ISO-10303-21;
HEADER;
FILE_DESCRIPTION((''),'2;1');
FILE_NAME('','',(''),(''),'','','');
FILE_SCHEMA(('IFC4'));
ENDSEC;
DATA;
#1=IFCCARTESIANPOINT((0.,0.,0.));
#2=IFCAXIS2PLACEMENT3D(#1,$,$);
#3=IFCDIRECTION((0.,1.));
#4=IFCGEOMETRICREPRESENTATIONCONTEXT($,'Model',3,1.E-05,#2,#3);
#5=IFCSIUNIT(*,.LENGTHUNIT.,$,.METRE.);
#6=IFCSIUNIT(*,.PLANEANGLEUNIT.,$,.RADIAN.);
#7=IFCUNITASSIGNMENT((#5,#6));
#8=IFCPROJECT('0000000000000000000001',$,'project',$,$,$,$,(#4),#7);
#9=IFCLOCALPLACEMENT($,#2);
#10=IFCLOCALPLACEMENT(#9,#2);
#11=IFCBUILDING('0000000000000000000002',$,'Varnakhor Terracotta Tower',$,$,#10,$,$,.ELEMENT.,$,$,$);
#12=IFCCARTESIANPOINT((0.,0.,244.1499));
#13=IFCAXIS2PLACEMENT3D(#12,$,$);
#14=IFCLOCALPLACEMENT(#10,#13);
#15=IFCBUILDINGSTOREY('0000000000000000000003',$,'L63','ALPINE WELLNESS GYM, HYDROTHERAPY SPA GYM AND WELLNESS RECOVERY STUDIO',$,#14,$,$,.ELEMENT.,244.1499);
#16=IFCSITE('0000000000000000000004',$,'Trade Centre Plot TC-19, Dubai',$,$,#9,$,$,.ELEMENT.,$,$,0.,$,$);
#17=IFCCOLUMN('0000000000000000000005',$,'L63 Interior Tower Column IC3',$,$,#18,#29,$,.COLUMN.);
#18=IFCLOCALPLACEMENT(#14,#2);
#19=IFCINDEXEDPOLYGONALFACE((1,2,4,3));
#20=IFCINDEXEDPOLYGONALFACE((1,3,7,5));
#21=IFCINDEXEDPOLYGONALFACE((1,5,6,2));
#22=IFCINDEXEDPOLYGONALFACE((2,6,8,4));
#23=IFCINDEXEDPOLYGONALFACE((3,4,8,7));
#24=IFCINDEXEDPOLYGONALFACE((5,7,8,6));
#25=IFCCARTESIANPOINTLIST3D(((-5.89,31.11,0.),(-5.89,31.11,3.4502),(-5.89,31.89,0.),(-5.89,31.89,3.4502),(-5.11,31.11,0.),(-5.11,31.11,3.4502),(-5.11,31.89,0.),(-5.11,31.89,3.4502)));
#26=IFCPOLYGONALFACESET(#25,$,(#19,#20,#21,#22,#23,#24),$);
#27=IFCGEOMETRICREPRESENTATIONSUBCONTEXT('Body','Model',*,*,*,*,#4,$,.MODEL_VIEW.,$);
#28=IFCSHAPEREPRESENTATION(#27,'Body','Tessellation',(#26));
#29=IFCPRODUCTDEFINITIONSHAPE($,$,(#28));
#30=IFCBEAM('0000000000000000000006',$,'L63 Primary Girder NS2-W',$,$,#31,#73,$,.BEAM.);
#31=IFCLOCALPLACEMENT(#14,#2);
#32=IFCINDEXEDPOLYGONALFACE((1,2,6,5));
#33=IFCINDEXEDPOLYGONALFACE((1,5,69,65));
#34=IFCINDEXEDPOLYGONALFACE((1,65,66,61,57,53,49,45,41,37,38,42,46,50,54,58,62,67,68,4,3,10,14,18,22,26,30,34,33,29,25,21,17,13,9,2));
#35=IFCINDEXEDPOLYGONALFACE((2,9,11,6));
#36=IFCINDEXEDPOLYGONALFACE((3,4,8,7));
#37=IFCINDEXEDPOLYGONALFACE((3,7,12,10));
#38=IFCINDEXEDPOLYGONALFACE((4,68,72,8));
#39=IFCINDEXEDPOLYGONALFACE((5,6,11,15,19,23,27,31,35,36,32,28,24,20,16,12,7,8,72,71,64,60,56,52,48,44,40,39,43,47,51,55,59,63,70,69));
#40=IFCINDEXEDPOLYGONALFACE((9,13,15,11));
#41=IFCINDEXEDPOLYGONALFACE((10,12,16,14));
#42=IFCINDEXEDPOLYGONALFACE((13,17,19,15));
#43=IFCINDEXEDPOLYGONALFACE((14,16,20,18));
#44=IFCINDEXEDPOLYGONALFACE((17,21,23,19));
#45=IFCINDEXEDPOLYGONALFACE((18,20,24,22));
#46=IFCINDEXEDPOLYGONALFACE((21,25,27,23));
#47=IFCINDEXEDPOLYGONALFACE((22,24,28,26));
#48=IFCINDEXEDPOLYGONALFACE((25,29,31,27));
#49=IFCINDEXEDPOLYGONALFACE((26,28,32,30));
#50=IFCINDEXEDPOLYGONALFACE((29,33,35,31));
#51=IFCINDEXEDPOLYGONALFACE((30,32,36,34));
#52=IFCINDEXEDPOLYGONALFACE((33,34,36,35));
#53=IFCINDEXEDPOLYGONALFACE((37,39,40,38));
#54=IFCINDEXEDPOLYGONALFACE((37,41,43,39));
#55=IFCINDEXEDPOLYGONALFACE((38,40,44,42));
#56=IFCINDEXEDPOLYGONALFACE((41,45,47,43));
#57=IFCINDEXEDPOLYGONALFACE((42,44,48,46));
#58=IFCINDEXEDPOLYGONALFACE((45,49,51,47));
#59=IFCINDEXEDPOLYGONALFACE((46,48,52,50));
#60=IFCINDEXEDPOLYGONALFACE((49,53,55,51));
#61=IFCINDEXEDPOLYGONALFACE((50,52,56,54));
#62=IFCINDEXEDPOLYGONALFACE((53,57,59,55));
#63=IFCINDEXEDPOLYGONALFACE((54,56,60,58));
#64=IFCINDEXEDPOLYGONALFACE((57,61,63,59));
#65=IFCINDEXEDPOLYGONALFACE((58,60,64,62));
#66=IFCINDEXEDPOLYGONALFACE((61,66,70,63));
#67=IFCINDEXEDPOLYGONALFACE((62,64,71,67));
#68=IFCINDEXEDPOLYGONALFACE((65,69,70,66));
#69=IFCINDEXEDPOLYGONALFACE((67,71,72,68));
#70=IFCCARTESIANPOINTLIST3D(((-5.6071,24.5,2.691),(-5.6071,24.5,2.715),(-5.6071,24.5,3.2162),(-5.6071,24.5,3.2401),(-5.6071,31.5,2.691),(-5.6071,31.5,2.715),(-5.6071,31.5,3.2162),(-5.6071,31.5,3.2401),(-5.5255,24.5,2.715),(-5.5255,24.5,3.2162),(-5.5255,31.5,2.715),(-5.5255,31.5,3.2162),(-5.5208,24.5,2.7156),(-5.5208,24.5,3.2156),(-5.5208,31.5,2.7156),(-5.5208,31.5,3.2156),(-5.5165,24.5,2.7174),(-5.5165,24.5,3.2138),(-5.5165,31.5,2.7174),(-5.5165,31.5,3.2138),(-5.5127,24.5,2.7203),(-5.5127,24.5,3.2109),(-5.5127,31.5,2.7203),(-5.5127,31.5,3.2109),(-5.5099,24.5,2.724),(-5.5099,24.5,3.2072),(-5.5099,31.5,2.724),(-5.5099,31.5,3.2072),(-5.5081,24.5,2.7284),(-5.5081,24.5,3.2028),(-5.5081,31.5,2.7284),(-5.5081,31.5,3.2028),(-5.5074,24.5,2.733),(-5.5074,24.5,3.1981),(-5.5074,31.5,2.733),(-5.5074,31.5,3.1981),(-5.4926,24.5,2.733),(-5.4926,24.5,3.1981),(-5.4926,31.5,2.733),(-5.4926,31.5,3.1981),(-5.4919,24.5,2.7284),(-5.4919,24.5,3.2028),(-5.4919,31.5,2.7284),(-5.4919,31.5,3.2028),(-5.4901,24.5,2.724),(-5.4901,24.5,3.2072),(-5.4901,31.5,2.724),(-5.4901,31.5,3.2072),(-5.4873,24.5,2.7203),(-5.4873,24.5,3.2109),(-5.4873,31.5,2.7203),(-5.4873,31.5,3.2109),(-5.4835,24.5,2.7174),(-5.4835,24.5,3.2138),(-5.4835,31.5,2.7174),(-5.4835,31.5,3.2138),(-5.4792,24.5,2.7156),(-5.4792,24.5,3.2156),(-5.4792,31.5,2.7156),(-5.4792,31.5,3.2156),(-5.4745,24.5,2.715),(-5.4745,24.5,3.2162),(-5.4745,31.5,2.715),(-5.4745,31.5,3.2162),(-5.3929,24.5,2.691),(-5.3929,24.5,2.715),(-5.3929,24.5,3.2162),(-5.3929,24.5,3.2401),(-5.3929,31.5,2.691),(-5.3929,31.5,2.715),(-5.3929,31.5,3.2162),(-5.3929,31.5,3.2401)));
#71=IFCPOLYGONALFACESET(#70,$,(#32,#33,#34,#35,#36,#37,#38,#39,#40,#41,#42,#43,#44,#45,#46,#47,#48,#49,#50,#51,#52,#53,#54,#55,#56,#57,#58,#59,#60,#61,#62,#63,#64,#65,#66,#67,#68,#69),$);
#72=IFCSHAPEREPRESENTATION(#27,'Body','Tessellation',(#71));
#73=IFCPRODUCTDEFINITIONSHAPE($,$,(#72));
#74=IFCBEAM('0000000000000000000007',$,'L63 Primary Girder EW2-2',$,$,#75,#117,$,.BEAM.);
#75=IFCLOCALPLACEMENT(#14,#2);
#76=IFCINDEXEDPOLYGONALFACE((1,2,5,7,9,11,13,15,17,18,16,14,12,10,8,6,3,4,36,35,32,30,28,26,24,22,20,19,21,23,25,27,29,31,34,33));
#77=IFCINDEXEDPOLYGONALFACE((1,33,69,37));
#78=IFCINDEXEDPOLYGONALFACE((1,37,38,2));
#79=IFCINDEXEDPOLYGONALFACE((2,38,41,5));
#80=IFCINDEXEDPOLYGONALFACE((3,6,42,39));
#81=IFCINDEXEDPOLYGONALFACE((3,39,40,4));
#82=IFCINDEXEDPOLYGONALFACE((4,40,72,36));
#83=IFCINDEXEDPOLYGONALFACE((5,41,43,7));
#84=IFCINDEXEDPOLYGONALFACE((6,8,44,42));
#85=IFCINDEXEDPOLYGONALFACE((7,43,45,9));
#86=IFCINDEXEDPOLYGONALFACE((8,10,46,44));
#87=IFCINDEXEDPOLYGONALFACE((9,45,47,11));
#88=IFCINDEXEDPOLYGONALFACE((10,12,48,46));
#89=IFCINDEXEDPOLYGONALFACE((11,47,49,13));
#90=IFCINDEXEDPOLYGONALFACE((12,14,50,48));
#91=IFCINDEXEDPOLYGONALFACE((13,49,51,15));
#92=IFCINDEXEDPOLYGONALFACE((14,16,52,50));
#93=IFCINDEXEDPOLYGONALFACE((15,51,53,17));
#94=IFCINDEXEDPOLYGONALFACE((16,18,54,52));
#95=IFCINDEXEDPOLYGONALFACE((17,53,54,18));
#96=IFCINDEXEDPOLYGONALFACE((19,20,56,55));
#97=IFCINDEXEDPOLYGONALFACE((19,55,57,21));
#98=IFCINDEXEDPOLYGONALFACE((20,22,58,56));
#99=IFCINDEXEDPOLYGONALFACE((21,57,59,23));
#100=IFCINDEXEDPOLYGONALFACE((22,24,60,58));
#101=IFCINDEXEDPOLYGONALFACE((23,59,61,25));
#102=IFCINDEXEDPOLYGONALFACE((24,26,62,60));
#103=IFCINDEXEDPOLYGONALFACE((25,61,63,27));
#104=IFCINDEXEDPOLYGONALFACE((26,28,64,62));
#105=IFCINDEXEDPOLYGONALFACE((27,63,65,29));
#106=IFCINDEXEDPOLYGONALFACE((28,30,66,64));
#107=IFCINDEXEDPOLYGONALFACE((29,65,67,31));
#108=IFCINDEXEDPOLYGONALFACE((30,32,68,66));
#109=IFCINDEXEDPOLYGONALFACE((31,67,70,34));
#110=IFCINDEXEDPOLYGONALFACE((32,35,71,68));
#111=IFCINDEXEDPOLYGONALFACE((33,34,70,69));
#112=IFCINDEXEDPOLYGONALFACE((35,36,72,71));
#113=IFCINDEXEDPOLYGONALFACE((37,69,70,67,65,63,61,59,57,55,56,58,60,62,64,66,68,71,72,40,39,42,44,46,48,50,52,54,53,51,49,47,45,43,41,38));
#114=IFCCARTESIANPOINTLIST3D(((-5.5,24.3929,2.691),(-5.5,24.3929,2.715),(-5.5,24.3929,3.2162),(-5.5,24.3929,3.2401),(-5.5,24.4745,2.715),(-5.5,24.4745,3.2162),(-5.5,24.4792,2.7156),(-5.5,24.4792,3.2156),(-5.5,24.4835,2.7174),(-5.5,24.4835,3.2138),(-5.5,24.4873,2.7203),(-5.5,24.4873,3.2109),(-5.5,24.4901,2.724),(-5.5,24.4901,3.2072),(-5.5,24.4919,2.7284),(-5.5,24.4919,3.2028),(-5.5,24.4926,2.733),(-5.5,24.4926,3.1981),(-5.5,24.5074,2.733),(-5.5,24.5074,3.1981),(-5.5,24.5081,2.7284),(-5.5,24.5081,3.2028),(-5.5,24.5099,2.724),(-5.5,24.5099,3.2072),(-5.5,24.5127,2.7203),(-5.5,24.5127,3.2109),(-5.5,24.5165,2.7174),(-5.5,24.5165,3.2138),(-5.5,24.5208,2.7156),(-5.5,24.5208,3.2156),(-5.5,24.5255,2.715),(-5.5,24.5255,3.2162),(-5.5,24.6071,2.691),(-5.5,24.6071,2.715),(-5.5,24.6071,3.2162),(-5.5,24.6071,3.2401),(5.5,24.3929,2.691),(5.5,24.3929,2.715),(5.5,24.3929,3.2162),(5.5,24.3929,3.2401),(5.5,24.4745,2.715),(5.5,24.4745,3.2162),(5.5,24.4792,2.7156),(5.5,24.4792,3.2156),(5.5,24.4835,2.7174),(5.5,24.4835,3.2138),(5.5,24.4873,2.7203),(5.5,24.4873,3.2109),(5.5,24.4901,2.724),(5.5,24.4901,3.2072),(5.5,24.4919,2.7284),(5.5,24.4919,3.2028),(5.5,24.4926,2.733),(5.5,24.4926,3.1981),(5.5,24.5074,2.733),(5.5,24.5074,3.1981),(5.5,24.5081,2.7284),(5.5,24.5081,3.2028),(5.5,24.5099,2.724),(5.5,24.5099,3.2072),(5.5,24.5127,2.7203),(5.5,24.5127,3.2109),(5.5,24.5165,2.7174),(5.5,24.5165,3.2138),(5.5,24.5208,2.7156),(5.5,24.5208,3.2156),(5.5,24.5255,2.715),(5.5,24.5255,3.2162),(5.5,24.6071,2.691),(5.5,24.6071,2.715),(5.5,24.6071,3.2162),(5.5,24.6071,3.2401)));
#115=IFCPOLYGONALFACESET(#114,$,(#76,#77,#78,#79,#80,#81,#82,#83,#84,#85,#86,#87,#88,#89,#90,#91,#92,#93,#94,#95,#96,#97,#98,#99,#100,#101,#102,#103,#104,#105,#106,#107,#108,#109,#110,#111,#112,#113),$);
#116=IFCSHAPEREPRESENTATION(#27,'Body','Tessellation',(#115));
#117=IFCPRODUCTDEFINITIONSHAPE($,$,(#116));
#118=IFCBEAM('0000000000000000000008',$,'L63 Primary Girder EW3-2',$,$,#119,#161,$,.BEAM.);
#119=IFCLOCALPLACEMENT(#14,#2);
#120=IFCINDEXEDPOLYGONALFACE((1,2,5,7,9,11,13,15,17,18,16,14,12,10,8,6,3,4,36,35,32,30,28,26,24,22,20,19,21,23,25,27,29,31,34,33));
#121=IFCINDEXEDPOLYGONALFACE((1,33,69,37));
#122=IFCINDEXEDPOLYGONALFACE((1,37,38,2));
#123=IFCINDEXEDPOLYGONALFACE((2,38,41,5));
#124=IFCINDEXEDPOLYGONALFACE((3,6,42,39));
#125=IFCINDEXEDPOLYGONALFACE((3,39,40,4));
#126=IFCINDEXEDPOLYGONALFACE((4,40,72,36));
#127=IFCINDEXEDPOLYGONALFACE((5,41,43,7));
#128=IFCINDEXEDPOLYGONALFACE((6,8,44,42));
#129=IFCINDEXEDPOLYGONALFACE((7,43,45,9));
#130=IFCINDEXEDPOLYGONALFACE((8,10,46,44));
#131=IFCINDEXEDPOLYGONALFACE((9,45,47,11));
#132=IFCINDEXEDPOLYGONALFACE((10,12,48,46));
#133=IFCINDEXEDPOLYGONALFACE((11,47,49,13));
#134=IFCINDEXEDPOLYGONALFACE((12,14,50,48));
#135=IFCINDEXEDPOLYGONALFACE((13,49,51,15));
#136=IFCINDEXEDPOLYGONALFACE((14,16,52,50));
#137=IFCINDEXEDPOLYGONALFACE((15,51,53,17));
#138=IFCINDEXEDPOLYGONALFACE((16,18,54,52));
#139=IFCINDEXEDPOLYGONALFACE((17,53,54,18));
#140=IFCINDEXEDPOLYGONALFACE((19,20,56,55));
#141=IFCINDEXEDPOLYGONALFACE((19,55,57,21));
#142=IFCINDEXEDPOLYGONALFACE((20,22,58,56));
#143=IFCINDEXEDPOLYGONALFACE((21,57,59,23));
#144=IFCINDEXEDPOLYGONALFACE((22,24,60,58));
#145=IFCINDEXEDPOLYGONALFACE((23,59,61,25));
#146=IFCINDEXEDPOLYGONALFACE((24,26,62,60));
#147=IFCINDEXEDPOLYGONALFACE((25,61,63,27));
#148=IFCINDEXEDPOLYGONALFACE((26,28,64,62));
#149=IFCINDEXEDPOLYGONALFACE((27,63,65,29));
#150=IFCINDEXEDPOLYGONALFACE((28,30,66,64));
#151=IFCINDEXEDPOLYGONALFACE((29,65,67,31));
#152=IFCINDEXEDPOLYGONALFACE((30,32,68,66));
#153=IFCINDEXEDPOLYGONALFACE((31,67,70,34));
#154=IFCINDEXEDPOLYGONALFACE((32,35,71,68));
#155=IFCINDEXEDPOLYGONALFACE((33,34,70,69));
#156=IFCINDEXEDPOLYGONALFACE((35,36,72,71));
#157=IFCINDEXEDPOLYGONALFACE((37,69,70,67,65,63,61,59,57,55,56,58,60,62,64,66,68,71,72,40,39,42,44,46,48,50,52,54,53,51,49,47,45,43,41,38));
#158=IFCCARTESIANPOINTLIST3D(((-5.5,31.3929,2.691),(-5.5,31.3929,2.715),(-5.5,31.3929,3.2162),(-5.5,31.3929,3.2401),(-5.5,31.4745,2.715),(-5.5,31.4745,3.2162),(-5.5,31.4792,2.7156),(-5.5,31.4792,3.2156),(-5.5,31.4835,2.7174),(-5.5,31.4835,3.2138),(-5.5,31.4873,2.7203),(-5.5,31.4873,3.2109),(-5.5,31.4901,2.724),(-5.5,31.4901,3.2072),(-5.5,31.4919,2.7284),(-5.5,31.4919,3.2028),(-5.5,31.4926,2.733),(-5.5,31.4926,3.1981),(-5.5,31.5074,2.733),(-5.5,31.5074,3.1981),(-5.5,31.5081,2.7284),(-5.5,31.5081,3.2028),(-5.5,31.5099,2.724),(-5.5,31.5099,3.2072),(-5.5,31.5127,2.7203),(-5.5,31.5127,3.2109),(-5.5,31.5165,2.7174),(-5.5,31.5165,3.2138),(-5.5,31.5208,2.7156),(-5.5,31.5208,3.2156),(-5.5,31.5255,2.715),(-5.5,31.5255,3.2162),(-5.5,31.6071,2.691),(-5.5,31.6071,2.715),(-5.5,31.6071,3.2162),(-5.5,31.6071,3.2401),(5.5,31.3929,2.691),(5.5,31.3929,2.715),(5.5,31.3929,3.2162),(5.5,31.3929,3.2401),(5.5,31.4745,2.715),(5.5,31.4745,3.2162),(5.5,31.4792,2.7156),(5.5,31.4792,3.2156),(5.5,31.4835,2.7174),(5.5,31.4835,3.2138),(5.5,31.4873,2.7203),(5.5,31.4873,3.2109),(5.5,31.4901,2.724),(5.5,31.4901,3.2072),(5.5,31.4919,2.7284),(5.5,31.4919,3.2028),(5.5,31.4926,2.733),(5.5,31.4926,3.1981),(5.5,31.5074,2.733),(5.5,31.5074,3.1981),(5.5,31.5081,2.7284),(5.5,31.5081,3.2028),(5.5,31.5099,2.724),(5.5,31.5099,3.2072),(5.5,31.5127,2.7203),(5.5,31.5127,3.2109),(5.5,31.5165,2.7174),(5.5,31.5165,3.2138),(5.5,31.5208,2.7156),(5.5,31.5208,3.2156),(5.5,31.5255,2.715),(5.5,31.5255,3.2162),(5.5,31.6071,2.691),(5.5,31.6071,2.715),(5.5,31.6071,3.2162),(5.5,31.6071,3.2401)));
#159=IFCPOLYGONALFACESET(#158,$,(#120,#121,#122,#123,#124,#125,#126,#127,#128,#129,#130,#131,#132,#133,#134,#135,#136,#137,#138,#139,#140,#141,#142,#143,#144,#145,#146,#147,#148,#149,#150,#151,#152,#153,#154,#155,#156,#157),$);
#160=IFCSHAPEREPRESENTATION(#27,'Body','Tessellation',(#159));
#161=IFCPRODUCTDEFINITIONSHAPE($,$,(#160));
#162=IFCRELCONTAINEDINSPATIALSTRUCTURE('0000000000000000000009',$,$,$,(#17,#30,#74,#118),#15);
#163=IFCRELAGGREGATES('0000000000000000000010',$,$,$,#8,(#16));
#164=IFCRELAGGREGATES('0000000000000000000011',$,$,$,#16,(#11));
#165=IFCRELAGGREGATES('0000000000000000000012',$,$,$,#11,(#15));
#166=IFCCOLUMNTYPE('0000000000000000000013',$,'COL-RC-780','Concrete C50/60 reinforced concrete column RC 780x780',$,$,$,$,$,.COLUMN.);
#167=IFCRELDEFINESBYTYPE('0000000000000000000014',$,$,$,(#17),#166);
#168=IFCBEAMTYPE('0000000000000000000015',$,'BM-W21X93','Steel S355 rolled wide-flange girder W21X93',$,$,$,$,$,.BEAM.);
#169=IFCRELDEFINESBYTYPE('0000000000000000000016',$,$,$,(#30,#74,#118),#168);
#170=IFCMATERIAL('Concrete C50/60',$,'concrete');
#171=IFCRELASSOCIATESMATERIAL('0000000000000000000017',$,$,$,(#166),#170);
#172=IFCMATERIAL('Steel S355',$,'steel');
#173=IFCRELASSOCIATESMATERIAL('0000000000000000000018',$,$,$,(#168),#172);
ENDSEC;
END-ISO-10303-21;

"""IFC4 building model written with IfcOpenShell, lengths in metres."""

from ifc_helpers import new_model, si_unit, direction, frame, origin, origin_2d, place, context, subcontext, project, spatial, rectangle, i_section, extrude, source, transform, mapped, material, material_profile, profile_set, type_object, element, save


model = new_model("IFC4")

# Units and contexts
model_context = context("Model", 3, precision=1e-05, world=origin(), true_north=direction((0.0, 1.0)))
body_context = subcontext(model_context, "Body", "Model", "MODEL_VIEW")
ifc_project = project(units=[si_unit("LENGTHUNIT", "METRE"), si_unit("PLANEANGLEUNIT", "RADIAN")], contexts=[model_context])

# Site, building, storey
site_placement = place(None, origin())
site = spatial("IfcSite", under=ifc_project, at=site_placement, Name="Trade Centre Plot TC-19, Dubai", CompositionType="ELEMENT", RefElevation=0.0)
building_placement = place(site_placement, origin())
building = spatial("IfcBuilding", under=site, at=building_placement, Name="Varnakhor Terracotta Tower", CompositionType="ELEMENT")
storey_placement = place(building_placement, frame((0.0, 0.0, 244.1499)))
storey = spatial("IfcBuildingStorey", under=building, at=storey_placement, Name="L63", Description="ALPINE WELLNESS GYM, HYDROTHERAPY SPA GYM AND WELLNESS RECOVERY STUDIO", CompositionType="ELEMENT", Elevation=244.1499)

# Column
ifc_material_1 = material(Name="Concrete C50/60", Category="concrete")
ifc_material_profile_1 = material_profile(ifc_material_1, rectangle(XDim=0.78, YDim=0.78, at=origin_2d()), Name="RC 780x780")
ifc_profile_set_1 = profile_set([ifc_material_profile_1], Name="Concrete C50/60")
column_type = type_object("IfcColumnType", Name="COL-RC-780", Description="Concrete C50/60 reinforced concrete column RC 780x780", PredefinedType="COLUMN", material=ifc_profile_set_1)
shared_shape_1 = source(origin(), body_context, "Body", "SweptSolid", [
    extrude(rectangle(XDim=0.78, YDim=0.78, at=origin_2d()), origin(), (0.0, 0.0, 1.0), 3.4502),
])
column_placement = place(storey_placement, frame((-5.5, 31.5, 0.0), z_axis=(0.0, 0.0, 1.0), x_axis=(1.0, 0.0, 0.0)))
element("IfcColumn", 1, at=column_placement, inside=storey, type_object=column_type, Name="L63 Interior Tower Column IC3", PredefinedType="COLUMN", context=body_context, shape_type="MappedRepresentation", body=[
    mapped(shared_shape_1, transform((0.0, 0.0, 0.0), scale=1.0)),
])

# Beams
ifc_material_2 = material(Name="Steel S355", Category="steel")
ifc_material_profile_2 = material_profile(ifc_material_2, i_section(OverallWidth=0.2141, OverallDepth=0.5491, WebThickness=0.0149, FlangeThickness=0.0239, FilletRadius=0.0181, at=origin_2d()), Name="W21X93")
ifc_profile_set_2 = profile_set([ifc_material_profile_2], Name="Steel S355")
beam_type_1 = type_object("IfcBeamType", Name="BM-W21X93", Description="Steel S355 rolled wide-flange girder W21X93", PredefinedType="BEAM", material=ifc_profile_set_2)
shared_shape_2 = source(origin(), body_context, "Body", "SweptSolid", [
    extrude(i_section(OverallWidth=0.2141, OverallDepth=0.5491, WebThickness=0.0149, FlangeThickness=0.0239, FilletRadius=0.0181, at=origin_2d()), origin(), (0.0, 0.0, 1.0), 7.0),
])
beam_1_placement = place(storey_placement, frame((-5.5, 24.5, 2.9656), z_axis=(0.0, 1.0, 0.0), x_axis=(-1.0, 0.0, 0.0)))
element("IfcBeam", 2, at=beam_1_placement, inside=storey, type_object=beam_type_1, Name="L63 Primary Girder NS2-W", PredefinedType="BEAM", context=body_context, shape_type="MappedRepresentation", body=[
    mapped(shared_shape_2, transform((0.0, 0.0, 0.0), scale=1.0)),
])
shared_shape_3 = source(origin(), body_context, "Body", "SweptSolid", [
    extrude(i_section(OverallWidth=0.2141, OverallDepth=0.5491, WebThickness=0.0149, FlangeThickness=0.0239, FilletRadius=0.0181, at=origin_2d()), origin(), (0.0, 0.0, 1.0), 11.0),
])
for number, where, z_axis, x_axis, name in (
    (3, (-5.5, 24.5, 2.9656), (1.0, 0.0, 0.0), (0.0, 1.0, 0.0), "L63 Primary Girder EW2-2"),
    (4, (-5.5, 31.5, 2.9656), (1.0, 0.0, 0.0), (0.0, 1.0, 0.0), "L63 Primary Girder EW3-2"),
):
    element("IfcBeam", number, at=place(storey_placement, frame(where, z_axis=z_axis, x_axis=x_axis)), inside=storey, type_object=beam_type_1, Name=name, PredefinedType="BEAM", context=body_context, shape_type="MappedRepresentation", body=[
        mapped(shared_shape_3, transform((0.0, 0.0, 0.0), scale=1.0)),
    ])

save(model, "model.ifc")
